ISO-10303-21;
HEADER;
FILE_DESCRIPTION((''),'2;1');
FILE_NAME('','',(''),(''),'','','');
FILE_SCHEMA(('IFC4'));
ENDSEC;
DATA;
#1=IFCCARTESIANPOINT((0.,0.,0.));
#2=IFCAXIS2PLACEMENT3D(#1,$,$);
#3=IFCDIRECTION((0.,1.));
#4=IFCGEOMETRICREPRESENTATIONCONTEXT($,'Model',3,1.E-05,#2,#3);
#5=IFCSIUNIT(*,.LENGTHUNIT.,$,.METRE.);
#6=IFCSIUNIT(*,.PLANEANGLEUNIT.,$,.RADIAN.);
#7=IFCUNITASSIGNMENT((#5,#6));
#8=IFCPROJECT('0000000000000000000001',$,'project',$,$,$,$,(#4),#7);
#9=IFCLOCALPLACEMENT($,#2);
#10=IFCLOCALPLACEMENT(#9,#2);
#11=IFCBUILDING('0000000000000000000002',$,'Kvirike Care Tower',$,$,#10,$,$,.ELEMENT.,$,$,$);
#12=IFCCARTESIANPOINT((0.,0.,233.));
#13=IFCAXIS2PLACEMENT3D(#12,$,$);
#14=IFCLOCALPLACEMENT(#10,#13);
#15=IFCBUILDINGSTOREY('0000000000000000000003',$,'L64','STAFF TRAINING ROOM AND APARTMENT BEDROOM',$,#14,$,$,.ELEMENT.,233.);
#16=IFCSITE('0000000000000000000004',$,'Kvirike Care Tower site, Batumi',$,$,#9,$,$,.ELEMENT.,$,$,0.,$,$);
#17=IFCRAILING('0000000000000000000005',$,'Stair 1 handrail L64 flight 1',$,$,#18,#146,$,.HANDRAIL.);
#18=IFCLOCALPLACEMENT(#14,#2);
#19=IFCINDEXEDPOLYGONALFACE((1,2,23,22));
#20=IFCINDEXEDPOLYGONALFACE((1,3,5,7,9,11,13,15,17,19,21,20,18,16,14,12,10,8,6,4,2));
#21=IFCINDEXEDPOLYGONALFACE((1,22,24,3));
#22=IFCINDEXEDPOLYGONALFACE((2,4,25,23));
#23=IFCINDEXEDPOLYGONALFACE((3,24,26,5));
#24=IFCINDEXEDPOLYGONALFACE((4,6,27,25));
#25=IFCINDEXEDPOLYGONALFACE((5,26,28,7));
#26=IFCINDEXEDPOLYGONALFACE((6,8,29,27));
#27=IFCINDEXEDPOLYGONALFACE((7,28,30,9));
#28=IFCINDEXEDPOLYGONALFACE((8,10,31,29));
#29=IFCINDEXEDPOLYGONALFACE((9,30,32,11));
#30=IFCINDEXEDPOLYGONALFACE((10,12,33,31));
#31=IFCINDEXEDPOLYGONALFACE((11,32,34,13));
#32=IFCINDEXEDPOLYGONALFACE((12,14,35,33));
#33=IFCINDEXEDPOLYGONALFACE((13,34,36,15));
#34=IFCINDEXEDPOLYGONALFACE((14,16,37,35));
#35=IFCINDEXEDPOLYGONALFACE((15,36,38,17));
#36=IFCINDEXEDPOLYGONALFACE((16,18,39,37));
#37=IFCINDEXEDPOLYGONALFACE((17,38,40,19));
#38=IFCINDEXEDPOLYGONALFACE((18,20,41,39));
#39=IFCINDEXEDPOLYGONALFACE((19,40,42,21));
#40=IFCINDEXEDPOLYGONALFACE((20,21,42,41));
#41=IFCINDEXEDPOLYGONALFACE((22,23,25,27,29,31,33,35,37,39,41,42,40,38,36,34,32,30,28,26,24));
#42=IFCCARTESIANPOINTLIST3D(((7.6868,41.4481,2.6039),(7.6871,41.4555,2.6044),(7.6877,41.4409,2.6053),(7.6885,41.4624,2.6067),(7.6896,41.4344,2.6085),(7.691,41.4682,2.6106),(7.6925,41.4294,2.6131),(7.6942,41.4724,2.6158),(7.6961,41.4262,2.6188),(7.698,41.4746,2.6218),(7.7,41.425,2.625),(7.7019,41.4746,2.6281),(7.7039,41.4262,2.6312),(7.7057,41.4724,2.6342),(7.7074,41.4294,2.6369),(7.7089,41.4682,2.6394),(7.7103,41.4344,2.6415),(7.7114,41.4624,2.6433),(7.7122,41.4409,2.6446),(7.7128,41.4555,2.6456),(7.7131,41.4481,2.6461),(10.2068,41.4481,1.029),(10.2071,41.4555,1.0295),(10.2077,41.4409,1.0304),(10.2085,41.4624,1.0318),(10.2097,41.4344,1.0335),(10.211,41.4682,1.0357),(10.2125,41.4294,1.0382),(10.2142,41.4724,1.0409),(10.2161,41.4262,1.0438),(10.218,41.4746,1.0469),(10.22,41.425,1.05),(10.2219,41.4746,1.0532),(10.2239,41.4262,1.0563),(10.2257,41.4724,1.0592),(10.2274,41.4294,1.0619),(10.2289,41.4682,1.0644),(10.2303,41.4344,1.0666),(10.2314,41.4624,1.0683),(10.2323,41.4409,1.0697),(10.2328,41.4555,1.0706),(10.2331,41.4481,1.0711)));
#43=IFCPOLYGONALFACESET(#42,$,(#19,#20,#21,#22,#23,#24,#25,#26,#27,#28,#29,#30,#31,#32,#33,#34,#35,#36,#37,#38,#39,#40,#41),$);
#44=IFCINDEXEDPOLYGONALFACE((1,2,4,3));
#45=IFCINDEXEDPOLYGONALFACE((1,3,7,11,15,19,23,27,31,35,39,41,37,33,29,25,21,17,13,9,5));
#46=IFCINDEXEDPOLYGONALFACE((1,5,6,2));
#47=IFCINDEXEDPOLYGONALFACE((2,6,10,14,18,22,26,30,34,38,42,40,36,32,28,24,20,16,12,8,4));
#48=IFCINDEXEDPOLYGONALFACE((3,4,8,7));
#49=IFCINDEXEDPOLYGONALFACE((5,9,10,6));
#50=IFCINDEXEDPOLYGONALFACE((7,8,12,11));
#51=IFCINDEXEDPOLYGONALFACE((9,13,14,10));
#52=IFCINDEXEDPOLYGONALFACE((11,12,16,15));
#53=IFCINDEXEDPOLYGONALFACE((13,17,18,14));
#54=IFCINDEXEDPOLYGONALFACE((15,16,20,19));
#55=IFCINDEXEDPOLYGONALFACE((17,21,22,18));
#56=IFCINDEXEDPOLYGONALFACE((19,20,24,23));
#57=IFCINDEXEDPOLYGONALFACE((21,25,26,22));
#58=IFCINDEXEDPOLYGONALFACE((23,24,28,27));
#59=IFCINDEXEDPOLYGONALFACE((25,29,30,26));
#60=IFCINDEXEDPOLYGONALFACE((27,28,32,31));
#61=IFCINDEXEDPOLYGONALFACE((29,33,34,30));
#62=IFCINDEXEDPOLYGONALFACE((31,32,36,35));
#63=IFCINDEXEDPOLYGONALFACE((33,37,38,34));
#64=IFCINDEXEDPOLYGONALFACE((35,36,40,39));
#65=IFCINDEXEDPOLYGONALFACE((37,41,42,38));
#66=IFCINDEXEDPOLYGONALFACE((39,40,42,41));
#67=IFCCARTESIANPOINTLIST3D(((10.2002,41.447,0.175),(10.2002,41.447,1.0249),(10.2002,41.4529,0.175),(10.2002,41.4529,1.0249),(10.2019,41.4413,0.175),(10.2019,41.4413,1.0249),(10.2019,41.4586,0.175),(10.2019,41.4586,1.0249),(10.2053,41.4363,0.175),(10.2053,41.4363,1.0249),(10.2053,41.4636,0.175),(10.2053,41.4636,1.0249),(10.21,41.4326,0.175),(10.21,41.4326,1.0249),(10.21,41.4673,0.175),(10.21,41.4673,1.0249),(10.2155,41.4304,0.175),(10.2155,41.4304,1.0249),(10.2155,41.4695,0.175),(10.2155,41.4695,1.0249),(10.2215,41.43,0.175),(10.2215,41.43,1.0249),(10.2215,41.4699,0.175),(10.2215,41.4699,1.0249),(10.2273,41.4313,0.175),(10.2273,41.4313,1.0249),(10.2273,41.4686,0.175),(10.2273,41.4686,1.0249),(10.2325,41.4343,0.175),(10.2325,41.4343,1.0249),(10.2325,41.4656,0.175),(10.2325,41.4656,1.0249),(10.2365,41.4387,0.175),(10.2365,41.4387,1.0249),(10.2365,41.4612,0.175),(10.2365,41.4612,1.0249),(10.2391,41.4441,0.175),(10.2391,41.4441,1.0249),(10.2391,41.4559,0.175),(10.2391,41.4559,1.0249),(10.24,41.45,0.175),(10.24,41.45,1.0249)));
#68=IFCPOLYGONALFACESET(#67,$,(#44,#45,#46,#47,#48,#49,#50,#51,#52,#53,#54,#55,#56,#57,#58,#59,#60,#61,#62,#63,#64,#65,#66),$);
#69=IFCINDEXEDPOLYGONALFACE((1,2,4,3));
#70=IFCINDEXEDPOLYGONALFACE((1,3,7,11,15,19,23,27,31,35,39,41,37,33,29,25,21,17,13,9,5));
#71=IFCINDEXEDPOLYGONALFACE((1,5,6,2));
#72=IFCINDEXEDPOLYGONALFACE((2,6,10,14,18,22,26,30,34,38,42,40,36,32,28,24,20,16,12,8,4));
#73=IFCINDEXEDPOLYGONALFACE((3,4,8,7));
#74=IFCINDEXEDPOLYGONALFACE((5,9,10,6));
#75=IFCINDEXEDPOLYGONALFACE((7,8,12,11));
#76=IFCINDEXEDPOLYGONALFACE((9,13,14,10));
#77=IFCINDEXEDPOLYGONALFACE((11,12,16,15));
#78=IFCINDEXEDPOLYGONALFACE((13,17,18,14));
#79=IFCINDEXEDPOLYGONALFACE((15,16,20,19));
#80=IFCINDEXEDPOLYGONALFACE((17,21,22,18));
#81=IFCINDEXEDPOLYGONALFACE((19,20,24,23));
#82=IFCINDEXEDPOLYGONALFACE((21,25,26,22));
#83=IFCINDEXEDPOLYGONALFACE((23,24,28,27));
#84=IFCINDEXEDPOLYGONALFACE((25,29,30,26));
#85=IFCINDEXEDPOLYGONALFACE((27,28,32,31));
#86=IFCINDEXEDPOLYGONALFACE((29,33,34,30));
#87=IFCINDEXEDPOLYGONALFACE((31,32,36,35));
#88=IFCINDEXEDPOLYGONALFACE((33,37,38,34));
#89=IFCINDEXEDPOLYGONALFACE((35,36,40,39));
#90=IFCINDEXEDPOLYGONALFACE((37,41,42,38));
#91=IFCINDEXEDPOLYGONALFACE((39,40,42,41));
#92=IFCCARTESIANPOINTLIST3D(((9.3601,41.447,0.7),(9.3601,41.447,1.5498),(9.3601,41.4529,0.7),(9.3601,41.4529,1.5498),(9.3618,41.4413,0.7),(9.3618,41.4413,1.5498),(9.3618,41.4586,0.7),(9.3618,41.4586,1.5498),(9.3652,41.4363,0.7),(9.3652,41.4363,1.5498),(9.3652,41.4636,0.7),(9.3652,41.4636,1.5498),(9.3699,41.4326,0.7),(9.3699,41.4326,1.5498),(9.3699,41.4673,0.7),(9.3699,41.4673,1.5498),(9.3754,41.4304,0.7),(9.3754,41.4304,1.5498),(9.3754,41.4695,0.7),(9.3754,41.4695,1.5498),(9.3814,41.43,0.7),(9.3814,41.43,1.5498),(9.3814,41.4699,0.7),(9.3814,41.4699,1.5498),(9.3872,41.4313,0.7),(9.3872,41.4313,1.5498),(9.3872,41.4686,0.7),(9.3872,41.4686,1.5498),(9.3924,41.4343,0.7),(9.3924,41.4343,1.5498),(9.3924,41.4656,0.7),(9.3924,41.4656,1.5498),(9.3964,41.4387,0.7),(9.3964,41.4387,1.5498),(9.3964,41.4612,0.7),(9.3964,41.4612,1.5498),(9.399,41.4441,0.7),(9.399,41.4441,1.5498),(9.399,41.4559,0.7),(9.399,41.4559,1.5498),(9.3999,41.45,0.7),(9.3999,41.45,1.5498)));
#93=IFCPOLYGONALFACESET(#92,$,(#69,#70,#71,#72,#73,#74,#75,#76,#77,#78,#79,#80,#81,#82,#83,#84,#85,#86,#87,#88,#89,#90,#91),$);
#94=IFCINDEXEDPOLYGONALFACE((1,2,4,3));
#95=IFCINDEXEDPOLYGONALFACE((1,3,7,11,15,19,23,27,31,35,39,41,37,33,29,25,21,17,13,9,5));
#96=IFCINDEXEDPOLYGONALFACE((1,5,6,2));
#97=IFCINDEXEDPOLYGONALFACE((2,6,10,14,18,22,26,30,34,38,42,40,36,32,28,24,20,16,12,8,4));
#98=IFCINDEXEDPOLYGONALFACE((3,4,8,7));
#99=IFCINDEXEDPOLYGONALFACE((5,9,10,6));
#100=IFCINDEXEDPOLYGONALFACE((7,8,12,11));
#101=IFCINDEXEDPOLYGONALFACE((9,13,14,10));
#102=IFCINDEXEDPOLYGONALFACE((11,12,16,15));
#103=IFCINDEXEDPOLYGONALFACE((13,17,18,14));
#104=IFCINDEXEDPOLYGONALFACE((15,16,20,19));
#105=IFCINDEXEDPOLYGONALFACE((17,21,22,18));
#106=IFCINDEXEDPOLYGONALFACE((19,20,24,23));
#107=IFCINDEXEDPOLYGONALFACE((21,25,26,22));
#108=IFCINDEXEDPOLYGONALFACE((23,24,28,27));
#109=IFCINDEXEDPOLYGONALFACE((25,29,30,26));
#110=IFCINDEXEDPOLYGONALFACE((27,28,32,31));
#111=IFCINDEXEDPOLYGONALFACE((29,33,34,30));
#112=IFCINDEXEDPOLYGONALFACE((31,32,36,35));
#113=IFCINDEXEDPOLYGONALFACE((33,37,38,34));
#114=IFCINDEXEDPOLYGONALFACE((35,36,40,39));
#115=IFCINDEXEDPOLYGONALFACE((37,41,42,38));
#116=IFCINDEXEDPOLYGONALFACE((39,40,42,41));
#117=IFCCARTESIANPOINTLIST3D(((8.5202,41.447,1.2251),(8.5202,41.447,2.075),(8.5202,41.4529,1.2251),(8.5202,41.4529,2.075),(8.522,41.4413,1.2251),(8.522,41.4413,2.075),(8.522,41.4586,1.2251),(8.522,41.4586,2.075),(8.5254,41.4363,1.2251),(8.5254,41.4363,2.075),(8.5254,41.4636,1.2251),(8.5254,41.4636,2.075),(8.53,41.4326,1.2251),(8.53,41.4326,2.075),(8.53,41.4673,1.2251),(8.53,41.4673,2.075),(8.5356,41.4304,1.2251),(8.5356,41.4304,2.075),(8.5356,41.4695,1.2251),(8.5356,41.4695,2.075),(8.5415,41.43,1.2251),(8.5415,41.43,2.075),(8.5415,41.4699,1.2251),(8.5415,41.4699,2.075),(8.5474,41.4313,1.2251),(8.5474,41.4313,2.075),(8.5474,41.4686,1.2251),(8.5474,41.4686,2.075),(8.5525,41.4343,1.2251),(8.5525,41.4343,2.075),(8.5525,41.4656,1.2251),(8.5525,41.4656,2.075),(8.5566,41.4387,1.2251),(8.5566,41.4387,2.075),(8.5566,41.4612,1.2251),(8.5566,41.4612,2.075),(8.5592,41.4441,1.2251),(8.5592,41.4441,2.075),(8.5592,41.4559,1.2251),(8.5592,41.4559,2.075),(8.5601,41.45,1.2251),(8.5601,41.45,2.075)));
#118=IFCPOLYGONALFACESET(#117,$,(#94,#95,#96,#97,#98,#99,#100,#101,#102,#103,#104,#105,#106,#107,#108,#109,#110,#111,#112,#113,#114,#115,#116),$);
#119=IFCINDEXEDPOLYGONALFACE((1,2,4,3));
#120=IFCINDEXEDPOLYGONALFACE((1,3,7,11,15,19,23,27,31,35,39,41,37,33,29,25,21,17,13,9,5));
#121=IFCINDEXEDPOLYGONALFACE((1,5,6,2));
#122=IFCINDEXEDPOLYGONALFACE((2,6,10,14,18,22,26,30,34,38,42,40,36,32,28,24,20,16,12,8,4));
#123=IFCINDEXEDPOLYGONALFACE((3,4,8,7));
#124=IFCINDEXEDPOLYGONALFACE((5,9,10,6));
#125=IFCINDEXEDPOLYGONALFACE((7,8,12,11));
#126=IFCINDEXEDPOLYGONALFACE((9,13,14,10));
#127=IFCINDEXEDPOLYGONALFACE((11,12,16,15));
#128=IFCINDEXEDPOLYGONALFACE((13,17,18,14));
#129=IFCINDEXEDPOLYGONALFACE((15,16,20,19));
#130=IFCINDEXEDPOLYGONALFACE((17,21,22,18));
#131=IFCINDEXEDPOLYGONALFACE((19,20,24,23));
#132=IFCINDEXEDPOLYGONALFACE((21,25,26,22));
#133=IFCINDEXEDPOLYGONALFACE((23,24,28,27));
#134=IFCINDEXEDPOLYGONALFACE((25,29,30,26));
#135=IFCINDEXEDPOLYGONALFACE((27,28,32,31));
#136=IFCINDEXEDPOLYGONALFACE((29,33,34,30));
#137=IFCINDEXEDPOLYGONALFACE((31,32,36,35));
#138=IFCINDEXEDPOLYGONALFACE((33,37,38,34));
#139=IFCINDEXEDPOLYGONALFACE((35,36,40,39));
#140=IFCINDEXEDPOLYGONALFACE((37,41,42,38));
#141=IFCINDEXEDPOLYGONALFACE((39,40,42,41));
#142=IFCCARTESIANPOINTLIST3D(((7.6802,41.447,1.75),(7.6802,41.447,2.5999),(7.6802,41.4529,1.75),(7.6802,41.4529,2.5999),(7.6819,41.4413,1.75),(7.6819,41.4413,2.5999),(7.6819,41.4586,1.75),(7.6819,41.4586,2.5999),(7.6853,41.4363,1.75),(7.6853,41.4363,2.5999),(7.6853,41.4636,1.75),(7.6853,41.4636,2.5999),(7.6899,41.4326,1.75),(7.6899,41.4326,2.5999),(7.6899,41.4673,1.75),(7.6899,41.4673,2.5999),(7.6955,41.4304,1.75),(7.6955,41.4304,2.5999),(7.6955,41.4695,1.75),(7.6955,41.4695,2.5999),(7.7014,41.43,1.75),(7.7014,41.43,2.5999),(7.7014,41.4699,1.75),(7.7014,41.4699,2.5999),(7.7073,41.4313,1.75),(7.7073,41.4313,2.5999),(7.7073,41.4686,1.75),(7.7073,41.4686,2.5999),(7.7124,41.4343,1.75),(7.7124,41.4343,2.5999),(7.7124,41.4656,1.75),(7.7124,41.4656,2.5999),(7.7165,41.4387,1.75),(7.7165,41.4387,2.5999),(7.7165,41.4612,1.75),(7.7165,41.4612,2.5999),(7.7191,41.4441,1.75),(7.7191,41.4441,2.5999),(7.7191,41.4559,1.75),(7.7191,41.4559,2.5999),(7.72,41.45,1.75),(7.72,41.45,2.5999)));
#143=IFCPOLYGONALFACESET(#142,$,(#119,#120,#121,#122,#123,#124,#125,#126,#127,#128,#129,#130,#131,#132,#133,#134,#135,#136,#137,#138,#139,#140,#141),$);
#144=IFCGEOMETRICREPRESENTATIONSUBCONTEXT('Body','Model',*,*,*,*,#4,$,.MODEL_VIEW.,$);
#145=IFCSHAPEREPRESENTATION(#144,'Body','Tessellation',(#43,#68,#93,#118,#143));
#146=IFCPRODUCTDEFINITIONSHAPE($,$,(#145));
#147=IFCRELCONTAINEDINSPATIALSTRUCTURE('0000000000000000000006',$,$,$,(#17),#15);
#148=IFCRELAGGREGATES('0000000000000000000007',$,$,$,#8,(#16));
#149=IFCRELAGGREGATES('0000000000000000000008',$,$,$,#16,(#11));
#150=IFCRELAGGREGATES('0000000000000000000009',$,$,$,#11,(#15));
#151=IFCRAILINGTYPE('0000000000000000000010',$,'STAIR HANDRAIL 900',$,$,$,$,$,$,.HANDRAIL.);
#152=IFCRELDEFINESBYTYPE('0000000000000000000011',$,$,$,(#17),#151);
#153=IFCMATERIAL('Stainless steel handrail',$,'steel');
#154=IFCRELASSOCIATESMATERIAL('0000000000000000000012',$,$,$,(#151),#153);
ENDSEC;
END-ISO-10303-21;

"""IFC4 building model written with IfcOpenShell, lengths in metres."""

from ifc_helpers import new_model, si_unit, direction, frame, origin, origin_2d, place, context, subcontext, project, spatial, circle, extrude, material, type_object, element, save


model = new_model("IFC4")

# Units and contexts
model_context = context("Model", 3, precision=1e-05, world=origin(), true_north=direction((0.0, 1.0)))
body_context = subcontext(model_context, "Body", "Model", "MODEL_VIEW")
ifc_project = project(units=[si_unit("LENGTHUNIT", "METRE"), si_unit("PLANEANGLEUNIT", "RADIAN")], contexts=[model_context])

# Site, building, storey
site_placement = place(None, origin())
site = spatial("IfcSite", under=ifc_project, at=site_placement, Name="Kvirike Care Tower site, Batumi", CompositionType="ELEMENT", RefElevation=0.0)
building_placement = place(site_placement, origin())
building = spatial("IfcBuilding", under=site, at=building_placement, Name="Kvirike Care Tower", CompositionType="ELEMENT")
storey_placement = place(building_placement, frame((0.0, 0.0, 233.0)))
storey = spatial("IfcBuildingStorey", under=building, at=storey_placement, Name="L64", Description="STAFF TRAINING ROOM AND APARTMENT BEDROOM", CompositionType="ELEMENT", Elevation=233.0)

# Railing
ifc_material_1 = material(Name="Stainless steel handrail", Category="steel")
railing_type = type_object("IfcRailingType", Name="STAIR HANDRAIL 900", PredefinedType="HANDRAIL", material=ifc_material_1)
railing_1_placement = place(storey_placement, frame((10.22, 41.45, 0.175)))
element("IfcRailing", 1, at=railing_1_placement, inside=storey, type_object=railing_type, Name="Stair 1 handrail L64 flight 1", PredefinedType="HANDRAIL", context=body_context, shape_type="SweptSolid", body=[
    extrude(circle(Radius=0.0249, at=origin_2d()), frame((0.0, 0.0, 0.875), z_axis=(-0.848008, 0.0, 0.529984), x_axis=(0.0, -1.0, 0.0)), (0.0, 0.0, 1.0), 2.9717),
    extrude(circle(Radius=0.02, at=origin_2d()), origin(), (0.0, 0.0, 1.0), 0.8499),
    extrude(circle(Radius=0.02, at=origin_2d()), frame((-0.8401, 0.0, 0.5249)), (0.0, 0.0, 1.0), 0.8499),
    extrude(circle(Radius=0.02, at=origin_2d()), frame((-1.6799, 0.0, 1.05)), (0.0, 0.0, 1.0), 0.8499),
    extrude(circle(Radius=0.02, at=origin_2d()), frame((-2.52, 0.0, 1.575)), (0.0, 0.0, 1.0), 0.8499),
])

save(model, "model.ifc")
